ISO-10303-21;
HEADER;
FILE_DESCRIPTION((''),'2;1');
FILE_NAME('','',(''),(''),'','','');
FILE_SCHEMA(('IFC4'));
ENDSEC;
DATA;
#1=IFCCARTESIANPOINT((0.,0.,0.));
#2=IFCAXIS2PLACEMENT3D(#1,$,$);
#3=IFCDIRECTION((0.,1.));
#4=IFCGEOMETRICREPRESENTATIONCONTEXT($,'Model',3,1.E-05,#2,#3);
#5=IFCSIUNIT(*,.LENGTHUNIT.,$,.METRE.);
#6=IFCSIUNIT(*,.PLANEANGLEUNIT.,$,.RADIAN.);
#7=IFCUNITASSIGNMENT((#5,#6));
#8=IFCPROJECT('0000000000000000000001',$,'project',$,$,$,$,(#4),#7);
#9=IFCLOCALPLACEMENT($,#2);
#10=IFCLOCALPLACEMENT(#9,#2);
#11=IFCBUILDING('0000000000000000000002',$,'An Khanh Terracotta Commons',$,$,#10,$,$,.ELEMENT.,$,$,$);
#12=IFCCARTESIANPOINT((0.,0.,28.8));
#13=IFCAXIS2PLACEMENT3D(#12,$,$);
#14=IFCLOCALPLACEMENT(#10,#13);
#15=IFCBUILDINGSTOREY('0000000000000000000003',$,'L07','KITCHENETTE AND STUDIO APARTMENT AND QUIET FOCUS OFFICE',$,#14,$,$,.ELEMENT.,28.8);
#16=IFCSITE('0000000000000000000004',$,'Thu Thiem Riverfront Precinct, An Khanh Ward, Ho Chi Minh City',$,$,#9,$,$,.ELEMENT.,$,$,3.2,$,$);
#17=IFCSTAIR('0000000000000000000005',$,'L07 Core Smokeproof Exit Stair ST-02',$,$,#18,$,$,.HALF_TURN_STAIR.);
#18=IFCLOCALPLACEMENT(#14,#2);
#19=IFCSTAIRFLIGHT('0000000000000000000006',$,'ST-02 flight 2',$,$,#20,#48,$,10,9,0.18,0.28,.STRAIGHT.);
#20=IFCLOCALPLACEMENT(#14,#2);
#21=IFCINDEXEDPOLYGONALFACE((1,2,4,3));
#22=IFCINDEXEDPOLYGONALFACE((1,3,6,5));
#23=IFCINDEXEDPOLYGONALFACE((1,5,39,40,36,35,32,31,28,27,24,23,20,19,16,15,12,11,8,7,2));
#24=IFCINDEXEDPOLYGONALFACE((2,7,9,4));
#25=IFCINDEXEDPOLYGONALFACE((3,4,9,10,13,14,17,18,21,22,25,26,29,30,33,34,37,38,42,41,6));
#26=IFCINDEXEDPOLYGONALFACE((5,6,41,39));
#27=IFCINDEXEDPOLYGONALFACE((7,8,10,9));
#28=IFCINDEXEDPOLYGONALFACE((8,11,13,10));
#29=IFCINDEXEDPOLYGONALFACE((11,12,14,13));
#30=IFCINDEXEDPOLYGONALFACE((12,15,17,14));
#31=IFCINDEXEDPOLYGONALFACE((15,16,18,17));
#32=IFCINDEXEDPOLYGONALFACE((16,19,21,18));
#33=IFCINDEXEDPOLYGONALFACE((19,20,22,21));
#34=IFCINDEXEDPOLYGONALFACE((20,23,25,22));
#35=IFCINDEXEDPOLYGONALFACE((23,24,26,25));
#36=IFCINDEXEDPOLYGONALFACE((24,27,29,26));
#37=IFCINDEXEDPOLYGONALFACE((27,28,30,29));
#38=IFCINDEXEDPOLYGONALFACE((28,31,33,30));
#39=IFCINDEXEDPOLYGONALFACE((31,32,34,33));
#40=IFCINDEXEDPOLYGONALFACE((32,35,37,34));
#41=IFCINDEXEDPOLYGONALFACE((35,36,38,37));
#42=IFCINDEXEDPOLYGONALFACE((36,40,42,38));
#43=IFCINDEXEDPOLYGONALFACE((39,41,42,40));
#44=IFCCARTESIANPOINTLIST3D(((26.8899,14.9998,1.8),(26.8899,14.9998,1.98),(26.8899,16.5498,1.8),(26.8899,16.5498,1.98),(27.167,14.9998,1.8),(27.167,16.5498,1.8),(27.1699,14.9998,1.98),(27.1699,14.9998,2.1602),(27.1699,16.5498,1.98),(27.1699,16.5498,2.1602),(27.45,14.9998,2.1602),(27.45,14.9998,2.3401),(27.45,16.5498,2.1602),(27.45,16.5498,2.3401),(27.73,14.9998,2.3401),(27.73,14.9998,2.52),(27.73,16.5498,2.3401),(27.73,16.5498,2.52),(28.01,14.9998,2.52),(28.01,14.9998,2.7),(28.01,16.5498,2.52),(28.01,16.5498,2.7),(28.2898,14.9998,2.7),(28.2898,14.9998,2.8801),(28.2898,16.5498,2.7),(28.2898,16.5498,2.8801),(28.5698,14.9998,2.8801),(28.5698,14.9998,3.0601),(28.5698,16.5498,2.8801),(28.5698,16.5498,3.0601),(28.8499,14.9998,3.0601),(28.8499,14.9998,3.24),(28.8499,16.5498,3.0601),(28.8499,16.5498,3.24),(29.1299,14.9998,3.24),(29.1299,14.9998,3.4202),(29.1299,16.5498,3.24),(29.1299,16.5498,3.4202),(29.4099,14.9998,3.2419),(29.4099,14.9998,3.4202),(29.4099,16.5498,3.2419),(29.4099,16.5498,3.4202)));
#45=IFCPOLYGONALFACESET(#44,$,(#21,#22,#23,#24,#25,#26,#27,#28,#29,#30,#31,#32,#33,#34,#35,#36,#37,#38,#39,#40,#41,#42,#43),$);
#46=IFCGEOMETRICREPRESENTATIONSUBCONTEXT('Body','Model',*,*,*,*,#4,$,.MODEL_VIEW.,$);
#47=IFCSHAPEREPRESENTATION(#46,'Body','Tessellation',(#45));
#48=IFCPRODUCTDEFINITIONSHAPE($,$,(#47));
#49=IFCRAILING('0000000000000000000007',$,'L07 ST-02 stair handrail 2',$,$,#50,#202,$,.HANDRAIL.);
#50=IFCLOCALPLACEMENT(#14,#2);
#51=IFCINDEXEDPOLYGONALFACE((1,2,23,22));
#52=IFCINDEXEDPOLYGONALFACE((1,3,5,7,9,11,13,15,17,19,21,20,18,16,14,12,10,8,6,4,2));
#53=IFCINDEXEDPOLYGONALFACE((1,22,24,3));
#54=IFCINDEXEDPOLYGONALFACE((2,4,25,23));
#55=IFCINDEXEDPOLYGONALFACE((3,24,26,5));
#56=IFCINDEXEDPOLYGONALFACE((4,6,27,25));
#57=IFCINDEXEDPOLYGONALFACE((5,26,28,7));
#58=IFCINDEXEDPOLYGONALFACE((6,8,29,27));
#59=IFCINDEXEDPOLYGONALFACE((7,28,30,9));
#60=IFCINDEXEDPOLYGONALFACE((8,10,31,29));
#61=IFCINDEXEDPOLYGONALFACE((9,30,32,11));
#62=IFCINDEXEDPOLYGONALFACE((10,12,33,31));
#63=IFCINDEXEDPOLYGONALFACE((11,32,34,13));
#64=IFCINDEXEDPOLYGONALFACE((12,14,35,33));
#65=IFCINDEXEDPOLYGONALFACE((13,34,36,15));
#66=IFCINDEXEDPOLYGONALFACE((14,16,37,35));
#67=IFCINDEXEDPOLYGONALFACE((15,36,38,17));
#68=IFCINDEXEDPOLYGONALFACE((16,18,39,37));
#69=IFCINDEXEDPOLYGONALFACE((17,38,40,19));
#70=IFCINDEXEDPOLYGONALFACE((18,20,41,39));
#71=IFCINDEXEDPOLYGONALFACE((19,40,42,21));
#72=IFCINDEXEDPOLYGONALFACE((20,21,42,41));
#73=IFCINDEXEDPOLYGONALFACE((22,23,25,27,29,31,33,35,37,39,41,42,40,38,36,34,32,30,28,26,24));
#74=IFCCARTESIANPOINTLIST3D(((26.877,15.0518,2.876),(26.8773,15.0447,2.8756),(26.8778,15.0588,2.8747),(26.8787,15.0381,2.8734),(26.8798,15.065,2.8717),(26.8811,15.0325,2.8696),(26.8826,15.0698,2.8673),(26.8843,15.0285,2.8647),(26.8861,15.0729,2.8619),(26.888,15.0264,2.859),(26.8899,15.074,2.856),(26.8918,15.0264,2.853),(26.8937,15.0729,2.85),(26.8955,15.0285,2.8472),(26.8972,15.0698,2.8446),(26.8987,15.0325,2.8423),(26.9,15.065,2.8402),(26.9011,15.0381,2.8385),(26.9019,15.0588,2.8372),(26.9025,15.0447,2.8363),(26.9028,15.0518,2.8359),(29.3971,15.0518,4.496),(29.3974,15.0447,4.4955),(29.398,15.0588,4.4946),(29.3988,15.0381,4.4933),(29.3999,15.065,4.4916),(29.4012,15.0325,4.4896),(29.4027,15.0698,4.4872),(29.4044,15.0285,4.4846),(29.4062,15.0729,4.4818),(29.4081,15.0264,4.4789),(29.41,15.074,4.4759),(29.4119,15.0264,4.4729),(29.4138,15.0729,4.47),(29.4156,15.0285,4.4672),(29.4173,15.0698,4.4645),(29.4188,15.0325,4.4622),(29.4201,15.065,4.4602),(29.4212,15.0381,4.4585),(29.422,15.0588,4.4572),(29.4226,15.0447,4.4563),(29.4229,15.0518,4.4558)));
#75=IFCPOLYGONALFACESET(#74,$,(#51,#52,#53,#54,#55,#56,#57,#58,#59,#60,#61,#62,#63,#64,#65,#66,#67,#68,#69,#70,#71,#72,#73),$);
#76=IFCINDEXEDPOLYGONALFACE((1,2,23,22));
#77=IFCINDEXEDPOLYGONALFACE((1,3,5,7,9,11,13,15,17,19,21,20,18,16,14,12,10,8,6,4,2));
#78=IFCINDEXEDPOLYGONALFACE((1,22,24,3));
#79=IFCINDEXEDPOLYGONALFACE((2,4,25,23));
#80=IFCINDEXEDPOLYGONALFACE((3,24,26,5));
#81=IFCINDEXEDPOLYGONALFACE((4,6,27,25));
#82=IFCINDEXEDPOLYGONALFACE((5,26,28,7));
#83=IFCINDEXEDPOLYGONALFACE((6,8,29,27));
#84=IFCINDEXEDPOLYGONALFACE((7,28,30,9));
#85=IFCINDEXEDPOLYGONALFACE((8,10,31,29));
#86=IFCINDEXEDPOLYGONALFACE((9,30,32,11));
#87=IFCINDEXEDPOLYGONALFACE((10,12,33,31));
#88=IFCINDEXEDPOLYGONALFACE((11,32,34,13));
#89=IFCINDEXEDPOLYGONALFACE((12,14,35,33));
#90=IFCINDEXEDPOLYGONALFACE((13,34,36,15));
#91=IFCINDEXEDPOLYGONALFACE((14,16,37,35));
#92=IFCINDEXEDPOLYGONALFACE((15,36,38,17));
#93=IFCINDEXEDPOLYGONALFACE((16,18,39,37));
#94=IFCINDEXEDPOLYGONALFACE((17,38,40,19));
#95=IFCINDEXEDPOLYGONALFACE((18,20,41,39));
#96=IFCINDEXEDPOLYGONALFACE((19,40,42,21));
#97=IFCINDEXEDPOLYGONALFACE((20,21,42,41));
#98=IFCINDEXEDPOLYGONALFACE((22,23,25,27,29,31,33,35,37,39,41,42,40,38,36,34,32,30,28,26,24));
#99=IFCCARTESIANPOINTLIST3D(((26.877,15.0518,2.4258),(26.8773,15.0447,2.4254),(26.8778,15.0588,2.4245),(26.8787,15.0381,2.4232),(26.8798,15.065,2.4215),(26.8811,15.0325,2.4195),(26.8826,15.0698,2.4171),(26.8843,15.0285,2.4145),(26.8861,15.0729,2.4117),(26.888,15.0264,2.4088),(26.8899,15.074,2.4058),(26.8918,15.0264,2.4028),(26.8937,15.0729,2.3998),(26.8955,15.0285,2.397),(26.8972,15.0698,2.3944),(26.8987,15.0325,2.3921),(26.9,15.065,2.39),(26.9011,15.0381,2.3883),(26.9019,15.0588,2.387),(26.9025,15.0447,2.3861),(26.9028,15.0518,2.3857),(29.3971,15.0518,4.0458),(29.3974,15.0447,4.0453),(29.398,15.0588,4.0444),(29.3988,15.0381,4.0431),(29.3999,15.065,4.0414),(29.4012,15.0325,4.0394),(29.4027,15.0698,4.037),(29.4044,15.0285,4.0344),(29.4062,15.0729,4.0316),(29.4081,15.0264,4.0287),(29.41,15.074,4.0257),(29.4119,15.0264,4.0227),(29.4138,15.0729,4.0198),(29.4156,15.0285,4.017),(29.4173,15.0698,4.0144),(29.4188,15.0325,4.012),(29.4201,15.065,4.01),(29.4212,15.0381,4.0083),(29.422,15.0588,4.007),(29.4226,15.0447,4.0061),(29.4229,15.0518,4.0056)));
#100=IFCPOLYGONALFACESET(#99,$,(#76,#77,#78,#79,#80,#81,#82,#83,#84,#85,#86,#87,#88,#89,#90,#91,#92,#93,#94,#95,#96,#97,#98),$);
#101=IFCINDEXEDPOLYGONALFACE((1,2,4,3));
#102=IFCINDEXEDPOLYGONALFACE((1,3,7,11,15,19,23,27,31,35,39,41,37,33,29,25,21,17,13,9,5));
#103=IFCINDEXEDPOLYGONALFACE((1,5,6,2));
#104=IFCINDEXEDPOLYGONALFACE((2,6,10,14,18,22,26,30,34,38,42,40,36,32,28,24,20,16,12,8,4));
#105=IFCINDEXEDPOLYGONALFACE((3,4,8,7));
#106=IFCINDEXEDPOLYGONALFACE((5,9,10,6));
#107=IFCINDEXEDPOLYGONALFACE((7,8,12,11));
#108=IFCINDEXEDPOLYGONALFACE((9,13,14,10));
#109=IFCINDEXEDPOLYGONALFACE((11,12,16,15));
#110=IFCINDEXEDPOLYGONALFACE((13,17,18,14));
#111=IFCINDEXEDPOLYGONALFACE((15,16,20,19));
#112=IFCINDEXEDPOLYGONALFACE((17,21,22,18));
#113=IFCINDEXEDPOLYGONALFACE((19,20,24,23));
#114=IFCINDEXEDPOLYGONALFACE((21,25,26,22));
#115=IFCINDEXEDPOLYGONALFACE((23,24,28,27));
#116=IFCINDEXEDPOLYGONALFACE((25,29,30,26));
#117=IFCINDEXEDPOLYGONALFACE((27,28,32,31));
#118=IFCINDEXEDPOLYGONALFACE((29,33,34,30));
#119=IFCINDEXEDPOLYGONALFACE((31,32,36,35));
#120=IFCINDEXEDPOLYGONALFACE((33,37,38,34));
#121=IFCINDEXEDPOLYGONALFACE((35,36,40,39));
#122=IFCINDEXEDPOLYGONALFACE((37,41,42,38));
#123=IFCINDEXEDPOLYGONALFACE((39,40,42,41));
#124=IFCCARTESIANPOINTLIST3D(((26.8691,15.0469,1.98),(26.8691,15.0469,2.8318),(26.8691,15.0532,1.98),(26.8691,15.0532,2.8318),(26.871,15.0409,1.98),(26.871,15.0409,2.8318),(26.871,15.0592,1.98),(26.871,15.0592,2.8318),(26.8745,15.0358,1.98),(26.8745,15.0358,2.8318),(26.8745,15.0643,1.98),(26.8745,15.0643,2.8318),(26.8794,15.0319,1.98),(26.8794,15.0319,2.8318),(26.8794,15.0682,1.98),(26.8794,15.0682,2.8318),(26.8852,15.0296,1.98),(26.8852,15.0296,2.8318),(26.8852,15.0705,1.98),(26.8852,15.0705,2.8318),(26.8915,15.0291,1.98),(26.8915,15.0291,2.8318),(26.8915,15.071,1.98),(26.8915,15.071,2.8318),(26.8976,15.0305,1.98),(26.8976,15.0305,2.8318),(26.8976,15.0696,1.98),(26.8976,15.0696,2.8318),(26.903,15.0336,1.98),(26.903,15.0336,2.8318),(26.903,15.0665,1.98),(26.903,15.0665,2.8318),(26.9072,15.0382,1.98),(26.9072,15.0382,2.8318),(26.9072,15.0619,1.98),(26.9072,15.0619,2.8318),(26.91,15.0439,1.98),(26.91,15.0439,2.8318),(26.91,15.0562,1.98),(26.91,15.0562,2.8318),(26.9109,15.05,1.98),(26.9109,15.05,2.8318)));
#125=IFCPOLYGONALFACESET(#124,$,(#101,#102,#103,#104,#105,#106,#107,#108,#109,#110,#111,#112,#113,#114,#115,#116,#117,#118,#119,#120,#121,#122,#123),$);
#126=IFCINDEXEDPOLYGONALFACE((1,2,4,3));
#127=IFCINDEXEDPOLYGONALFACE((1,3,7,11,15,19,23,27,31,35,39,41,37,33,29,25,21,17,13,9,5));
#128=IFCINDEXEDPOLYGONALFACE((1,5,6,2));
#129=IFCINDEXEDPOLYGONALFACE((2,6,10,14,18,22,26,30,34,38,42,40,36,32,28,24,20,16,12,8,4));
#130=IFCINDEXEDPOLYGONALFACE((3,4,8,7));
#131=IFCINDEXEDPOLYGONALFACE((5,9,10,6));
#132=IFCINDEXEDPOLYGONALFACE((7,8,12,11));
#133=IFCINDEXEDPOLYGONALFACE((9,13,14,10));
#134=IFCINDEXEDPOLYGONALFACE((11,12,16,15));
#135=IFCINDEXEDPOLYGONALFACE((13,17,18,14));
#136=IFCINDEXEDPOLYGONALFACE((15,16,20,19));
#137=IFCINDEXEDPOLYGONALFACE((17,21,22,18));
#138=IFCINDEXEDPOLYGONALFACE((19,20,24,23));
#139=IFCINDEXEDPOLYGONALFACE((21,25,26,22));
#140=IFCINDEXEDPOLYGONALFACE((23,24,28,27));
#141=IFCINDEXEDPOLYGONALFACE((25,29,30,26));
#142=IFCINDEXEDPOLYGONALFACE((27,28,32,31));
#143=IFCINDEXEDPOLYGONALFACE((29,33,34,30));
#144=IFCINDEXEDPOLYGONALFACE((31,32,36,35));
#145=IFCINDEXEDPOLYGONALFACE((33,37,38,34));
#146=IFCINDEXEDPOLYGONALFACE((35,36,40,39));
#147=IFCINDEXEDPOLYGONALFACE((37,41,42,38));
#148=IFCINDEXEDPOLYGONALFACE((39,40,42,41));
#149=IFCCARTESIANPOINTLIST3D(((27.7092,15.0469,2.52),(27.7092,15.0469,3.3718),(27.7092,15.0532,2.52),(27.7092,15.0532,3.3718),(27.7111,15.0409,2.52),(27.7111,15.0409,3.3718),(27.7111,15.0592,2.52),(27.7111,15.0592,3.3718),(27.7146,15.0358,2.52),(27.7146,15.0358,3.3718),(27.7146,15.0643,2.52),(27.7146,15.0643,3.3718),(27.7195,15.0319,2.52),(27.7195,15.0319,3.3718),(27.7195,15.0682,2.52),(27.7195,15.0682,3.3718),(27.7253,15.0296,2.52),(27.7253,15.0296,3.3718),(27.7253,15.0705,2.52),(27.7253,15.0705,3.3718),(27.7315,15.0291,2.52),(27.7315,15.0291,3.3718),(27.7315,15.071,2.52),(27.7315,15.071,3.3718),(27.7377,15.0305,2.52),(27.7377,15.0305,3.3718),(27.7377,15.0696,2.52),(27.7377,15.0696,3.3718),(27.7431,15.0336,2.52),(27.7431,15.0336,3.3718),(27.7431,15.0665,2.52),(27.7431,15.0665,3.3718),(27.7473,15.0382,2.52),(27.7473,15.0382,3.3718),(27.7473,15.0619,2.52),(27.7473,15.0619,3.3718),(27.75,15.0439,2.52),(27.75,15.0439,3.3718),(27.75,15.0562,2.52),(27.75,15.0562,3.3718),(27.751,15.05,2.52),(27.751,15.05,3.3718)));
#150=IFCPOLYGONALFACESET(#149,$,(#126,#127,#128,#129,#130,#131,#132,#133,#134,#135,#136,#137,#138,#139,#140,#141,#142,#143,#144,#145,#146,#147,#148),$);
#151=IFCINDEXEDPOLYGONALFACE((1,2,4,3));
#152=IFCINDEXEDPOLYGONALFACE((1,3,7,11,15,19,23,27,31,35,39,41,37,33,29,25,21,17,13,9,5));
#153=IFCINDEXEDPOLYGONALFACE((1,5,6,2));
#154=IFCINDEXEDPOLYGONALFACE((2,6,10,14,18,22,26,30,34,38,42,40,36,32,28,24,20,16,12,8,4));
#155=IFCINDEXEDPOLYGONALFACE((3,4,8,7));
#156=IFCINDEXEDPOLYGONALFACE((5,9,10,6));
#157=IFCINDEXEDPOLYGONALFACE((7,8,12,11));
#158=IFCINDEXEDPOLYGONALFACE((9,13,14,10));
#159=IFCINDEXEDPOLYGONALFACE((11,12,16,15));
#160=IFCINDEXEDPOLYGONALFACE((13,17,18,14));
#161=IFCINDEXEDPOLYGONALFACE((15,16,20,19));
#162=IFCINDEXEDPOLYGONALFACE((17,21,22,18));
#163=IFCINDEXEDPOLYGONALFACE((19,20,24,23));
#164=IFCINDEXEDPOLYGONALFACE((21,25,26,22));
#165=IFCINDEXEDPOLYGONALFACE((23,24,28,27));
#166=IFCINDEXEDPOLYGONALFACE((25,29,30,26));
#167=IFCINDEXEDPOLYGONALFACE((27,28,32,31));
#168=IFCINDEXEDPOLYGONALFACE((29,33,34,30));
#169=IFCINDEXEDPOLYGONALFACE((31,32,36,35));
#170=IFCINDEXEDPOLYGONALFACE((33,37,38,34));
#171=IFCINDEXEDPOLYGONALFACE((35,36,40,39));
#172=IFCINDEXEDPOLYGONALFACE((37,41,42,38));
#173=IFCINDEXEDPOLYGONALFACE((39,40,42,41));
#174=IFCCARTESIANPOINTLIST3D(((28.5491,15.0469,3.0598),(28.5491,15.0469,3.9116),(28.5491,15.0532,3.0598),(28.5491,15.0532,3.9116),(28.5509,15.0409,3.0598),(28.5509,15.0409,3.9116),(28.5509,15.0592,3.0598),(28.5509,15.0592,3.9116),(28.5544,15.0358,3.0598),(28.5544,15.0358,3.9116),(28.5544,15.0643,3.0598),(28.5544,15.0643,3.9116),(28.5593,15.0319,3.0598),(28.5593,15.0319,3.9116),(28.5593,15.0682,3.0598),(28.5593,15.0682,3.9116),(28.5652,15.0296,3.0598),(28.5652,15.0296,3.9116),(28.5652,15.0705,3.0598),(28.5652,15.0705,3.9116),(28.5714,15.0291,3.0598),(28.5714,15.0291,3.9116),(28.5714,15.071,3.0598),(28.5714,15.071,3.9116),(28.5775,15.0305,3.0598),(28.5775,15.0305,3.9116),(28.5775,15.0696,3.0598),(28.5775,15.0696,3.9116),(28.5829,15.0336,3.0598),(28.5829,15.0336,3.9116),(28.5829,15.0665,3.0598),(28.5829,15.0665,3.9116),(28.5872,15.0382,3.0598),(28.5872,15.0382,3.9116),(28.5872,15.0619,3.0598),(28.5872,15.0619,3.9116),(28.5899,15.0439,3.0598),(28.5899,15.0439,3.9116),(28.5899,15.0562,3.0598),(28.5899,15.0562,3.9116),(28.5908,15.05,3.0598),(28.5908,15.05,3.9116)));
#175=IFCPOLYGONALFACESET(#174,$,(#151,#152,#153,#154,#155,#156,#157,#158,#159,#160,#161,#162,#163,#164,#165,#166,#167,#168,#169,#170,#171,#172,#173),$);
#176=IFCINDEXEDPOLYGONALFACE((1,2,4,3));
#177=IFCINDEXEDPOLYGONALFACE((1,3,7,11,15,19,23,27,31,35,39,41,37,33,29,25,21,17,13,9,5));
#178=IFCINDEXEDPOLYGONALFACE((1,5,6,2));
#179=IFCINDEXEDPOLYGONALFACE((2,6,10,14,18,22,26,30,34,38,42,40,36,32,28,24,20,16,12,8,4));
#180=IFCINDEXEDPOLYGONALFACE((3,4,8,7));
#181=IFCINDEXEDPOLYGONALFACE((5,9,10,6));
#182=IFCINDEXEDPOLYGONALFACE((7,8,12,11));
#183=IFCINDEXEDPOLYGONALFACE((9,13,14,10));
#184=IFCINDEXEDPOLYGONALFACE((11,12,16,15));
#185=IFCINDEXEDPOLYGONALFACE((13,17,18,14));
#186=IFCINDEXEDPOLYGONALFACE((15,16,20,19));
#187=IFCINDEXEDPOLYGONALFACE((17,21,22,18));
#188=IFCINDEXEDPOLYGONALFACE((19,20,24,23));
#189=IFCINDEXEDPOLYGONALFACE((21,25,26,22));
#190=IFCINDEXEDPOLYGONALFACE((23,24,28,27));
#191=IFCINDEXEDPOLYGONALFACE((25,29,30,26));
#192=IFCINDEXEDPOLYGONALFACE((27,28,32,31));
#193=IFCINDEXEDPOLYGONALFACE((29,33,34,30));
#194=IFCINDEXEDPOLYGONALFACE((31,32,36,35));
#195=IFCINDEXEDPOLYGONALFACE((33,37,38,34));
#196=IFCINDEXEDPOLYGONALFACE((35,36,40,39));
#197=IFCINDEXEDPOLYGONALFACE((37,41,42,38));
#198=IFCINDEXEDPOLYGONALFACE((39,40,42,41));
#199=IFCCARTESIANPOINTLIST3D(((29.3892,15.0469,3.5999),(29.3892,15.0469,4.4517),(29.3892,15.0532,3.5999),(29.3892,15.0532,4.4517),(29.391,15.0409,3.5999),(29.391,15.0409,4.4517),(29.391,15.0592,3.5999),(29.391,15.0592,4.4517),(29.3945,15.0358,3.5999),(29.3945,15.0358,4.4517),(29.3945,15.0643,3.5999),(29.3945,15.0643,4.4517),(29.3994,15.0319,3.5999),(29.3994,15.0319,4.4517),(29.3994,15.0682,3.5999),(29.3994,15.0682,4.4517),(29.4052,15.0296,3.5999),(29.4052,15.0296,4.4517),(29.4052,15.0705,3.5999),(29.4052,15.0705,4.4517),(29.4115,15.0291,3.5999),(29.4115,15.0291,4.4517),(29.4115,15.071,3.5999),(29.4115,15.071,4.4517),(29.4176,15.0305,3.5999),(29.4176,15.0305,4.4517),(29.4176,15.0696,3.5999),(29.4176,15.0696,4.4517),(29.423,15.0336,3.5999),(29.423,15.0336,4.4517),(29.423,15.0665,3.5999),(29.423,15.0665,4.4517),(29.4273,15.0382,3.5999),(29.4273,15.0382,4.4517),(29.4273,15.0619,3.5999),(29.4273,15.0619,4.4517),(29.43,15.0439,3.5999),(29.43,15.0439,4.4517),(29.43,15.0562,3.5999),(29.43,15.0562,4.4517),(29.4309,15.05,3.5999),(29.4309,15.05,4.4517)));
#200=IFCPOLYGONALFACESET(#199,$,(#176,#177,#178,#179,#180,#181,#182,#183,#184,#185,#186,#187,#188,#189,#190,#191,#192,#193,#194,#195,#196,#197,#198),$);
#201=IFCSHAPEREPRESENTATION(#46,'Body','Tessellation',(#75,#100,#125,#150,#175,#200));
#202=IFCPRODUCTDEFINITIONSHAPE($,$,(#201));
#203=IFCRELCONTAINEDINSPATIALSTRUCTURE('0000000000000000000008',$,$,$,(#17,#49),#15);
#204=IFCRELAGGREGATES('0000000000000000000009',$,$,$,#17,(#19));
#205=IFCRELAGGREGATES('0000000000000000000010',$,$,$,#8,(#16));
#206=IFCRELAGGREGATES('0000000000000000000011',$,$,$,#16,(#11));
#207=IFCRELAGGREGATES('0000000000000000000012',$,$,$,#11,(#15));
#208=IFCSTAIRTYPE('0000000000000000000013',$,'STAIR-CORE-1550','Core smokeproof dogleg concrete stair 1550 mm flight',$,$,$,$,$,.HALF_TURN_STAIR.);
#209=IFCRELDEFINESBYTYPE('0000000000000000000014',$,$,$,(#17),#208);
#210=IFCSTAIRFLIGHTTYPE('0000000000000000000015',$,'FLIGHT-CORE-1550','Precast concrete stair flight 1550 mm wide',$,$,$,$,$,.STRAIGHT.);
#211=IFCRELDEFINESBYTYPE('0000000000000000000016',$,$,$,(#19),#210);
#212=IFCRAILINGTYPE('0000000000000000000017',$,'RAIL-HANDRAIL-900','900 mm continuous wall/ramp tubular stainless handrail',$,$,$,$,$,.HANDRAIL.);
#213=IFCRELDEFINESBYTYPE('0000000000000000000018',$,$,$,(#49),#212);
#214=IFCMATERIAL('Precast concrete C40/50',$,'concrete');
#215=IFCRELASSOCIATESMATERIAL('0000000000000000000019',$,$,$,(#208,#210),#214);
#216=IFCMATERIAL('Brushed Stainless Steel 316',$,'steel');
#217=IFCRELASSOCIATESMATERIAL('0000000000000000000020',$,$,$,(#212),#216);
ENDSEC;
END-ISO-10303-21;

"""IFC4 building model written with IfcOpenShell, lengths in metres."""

from ifc_helpers import new_model, si_unit, direction, frame, origin, origin_2d, place, context, subcontext, project, spatial, polyline, circle, outline, extrude, material, type_object, element, aggregate, save


model = new_model("IFC4")

# Units and contexts
model_context = context("Model", 3, precision=1e-05, world=origin(), true_north=direction((0.0, 1.0)))
body_context = subcontext(model_context, "Body", "Model", "MODEL_VIEW")
ifc_project = project(units=[si_unit("LENGTHUNIT", "METRE"), si_unit("PLANEANGLEUNIT", "RADIAN")], contexts=[model_context])

# Site, building, storey
site_placement = place(None, origin())
site = spatial("IfcSite", under=ifc_project, at=site_placement, Name="Thu Thiem Riverfront Precinct, An Khanh Ward, Ho Chi Minh City", CompositionType="ELEMENT", RefElevation=3.2)
building_placement = place(site_placement, origin())
building = spatial("IfcBuilding", under=site, at=building_placement, Name="An Khanh Terracotta Commons", CompositionType="ELEMENT")
storey_placement = place(building_placement, frame((0.0, 0.0, 28.8)))
storey = spatial("IfcBuildingStorey", under=building, at=storey_placement, Name="L07", Description="KITCHENETTE AND STUDIO APARTMENT AND QUIET FOCUS OFFICE", CompositionType="ELEMENT", Elevation=28.8)

# Stair, stair flight
ifc_material_1 = material(Name="Precast concrete C40/50", Category="concrete")
stair_type = type_object("IfcStairType", Name="STAIR-CORE-1550", Description="Core smokeproof dogleg concrete stair 1550 mm flight", PredefinedType="HALF_TURN_STAIR", material=ifc_material_1)
stair_placement = place(storey_placement, origin())
stair = element("IfcStair", 1, at=stair_placement, inside=storey, type_object=stair_type, Name="L07 Core Smokeproof Exit Stair ST-02", PredefinedType="HALF_TURN_STAIR")
stair_flight_type = type_object("IfcStairFlightType", Name="FLIGHT-CORE-1550", Description="Precast concrete stair flight 1550 mm wide", PredefinedType="STRAIGHT", material=ifc_material_1)
stair_flight_1_placement = place(storey_placement, frame((26.8899, 15.7749, 1.8), z_axis=(0.0, 0.0, 1.0), x_axis=(1.0, 0.0, 0.0)))
stair_flight_1 = element("IfcStairFlight", 2, at=stair_flight_1_placement, type_object=stair_flight_type, Name="ST-02 flight 2", NumberOfRisers=10, NumberOfTreads=9, PredefinedType="STRAIGHT", RiserHeight=0.18, TreadLength=0.28, context=body_context, shape_type="SweptSolid", body=[
    extrude(outline(polyline([(0.0, 0.0), (0.0, 0.1799), (0.28, 0.1799), (0.28, 0.3601), (0.5601, 0.3601), (0.5601, 0.54), (0.8401, 0.54), (0.8401, 0.72), (1.1201, 0.72), (1.1201, 0.8999), (1.3999, 0.8999), (1.3999, 1.0801), (1.6799, 1.0801), (1.6799, 1.26), (1.96, 1.26), (1.96, 1.4399), (2.24, 1.4399), (2.24, 1.6201), (2.52, 1.6201), (2.52, 1.8), (2.52, 1.4419), (0.2771, 0.0), (0.0, 0.0)])), frame((0.0, 0.7749, 0.0), z_axis=(0.0, -1.0, 0.0), x_axis=(1.0, 0.0, 0.0)), (0.0, 0.0, 1.0), 1.55),
])
aggregate(stair, [stair_flight_1])

# Railing
ifc_material_2 = material(Name="Brushed Stainless Steel 316", Category="steel")
railing_type_1 = type_object("IfcRailingType", Name="RAIL-HANDRAIL-900", Description="900 mm continuous wall/ramp tubular stainless handrail", PredefinedType="HANDRAIL", material=ifc_material_2)
railing_1_placement = place(storey_placement, frame((26.8899, 15.05, 1.98)))
element("IfcRailing", 3, at=railing_1_placement, inside=storey, type_object=railing_type_1, Name="L07 ST-02 stair handrail 2", PredefinedType="HANDRAIL", context=body_context, shape_type="SweptSolid", body=[
    extrude(circle(Radius=0.0239, at=origin_2d()), frame((0.0, 0.0, 0.876), z_axis=(0.8412, 0.0, 0.540725), x_axis=(0.0, 1.0, 0.0)), (0.0, 0.0, 1.0), 2.9958),
    extrude(circle(Radius=0.0239, at=origin_2d()), frame((0.0, 0.0, 0.4258), z_axis=(0.8412, 0.0, 0.540725), x_axis=(0.0, 1.0, 0.0)), (0.0, 0.0, 1.0), 2.9958),
    extrude(circle(Radius=0.021, at=origin_2d()), origin(), (0.0, 0.0, 1.0), 0.8518),
    extrude(circle(Radius=0.021, at=origin_2d()), frame((0.8401, 0.0, 0.54)), (0.0, 0.0, 1.0), 0.8518),
    extrude(circle(Radius=0.021, at=origin_2d()), frame((1.6799, 0.0, 1.0798)), (0.0, 0.0, 1.0), 0.8518),
    extrude(circle(Radius=0.021, at=origin_2d()), frame((2.52, 0.0, 1.6199)), (0.0, 0.0, 1.0), 0.8518),
])

save(model, "model.ifc")
